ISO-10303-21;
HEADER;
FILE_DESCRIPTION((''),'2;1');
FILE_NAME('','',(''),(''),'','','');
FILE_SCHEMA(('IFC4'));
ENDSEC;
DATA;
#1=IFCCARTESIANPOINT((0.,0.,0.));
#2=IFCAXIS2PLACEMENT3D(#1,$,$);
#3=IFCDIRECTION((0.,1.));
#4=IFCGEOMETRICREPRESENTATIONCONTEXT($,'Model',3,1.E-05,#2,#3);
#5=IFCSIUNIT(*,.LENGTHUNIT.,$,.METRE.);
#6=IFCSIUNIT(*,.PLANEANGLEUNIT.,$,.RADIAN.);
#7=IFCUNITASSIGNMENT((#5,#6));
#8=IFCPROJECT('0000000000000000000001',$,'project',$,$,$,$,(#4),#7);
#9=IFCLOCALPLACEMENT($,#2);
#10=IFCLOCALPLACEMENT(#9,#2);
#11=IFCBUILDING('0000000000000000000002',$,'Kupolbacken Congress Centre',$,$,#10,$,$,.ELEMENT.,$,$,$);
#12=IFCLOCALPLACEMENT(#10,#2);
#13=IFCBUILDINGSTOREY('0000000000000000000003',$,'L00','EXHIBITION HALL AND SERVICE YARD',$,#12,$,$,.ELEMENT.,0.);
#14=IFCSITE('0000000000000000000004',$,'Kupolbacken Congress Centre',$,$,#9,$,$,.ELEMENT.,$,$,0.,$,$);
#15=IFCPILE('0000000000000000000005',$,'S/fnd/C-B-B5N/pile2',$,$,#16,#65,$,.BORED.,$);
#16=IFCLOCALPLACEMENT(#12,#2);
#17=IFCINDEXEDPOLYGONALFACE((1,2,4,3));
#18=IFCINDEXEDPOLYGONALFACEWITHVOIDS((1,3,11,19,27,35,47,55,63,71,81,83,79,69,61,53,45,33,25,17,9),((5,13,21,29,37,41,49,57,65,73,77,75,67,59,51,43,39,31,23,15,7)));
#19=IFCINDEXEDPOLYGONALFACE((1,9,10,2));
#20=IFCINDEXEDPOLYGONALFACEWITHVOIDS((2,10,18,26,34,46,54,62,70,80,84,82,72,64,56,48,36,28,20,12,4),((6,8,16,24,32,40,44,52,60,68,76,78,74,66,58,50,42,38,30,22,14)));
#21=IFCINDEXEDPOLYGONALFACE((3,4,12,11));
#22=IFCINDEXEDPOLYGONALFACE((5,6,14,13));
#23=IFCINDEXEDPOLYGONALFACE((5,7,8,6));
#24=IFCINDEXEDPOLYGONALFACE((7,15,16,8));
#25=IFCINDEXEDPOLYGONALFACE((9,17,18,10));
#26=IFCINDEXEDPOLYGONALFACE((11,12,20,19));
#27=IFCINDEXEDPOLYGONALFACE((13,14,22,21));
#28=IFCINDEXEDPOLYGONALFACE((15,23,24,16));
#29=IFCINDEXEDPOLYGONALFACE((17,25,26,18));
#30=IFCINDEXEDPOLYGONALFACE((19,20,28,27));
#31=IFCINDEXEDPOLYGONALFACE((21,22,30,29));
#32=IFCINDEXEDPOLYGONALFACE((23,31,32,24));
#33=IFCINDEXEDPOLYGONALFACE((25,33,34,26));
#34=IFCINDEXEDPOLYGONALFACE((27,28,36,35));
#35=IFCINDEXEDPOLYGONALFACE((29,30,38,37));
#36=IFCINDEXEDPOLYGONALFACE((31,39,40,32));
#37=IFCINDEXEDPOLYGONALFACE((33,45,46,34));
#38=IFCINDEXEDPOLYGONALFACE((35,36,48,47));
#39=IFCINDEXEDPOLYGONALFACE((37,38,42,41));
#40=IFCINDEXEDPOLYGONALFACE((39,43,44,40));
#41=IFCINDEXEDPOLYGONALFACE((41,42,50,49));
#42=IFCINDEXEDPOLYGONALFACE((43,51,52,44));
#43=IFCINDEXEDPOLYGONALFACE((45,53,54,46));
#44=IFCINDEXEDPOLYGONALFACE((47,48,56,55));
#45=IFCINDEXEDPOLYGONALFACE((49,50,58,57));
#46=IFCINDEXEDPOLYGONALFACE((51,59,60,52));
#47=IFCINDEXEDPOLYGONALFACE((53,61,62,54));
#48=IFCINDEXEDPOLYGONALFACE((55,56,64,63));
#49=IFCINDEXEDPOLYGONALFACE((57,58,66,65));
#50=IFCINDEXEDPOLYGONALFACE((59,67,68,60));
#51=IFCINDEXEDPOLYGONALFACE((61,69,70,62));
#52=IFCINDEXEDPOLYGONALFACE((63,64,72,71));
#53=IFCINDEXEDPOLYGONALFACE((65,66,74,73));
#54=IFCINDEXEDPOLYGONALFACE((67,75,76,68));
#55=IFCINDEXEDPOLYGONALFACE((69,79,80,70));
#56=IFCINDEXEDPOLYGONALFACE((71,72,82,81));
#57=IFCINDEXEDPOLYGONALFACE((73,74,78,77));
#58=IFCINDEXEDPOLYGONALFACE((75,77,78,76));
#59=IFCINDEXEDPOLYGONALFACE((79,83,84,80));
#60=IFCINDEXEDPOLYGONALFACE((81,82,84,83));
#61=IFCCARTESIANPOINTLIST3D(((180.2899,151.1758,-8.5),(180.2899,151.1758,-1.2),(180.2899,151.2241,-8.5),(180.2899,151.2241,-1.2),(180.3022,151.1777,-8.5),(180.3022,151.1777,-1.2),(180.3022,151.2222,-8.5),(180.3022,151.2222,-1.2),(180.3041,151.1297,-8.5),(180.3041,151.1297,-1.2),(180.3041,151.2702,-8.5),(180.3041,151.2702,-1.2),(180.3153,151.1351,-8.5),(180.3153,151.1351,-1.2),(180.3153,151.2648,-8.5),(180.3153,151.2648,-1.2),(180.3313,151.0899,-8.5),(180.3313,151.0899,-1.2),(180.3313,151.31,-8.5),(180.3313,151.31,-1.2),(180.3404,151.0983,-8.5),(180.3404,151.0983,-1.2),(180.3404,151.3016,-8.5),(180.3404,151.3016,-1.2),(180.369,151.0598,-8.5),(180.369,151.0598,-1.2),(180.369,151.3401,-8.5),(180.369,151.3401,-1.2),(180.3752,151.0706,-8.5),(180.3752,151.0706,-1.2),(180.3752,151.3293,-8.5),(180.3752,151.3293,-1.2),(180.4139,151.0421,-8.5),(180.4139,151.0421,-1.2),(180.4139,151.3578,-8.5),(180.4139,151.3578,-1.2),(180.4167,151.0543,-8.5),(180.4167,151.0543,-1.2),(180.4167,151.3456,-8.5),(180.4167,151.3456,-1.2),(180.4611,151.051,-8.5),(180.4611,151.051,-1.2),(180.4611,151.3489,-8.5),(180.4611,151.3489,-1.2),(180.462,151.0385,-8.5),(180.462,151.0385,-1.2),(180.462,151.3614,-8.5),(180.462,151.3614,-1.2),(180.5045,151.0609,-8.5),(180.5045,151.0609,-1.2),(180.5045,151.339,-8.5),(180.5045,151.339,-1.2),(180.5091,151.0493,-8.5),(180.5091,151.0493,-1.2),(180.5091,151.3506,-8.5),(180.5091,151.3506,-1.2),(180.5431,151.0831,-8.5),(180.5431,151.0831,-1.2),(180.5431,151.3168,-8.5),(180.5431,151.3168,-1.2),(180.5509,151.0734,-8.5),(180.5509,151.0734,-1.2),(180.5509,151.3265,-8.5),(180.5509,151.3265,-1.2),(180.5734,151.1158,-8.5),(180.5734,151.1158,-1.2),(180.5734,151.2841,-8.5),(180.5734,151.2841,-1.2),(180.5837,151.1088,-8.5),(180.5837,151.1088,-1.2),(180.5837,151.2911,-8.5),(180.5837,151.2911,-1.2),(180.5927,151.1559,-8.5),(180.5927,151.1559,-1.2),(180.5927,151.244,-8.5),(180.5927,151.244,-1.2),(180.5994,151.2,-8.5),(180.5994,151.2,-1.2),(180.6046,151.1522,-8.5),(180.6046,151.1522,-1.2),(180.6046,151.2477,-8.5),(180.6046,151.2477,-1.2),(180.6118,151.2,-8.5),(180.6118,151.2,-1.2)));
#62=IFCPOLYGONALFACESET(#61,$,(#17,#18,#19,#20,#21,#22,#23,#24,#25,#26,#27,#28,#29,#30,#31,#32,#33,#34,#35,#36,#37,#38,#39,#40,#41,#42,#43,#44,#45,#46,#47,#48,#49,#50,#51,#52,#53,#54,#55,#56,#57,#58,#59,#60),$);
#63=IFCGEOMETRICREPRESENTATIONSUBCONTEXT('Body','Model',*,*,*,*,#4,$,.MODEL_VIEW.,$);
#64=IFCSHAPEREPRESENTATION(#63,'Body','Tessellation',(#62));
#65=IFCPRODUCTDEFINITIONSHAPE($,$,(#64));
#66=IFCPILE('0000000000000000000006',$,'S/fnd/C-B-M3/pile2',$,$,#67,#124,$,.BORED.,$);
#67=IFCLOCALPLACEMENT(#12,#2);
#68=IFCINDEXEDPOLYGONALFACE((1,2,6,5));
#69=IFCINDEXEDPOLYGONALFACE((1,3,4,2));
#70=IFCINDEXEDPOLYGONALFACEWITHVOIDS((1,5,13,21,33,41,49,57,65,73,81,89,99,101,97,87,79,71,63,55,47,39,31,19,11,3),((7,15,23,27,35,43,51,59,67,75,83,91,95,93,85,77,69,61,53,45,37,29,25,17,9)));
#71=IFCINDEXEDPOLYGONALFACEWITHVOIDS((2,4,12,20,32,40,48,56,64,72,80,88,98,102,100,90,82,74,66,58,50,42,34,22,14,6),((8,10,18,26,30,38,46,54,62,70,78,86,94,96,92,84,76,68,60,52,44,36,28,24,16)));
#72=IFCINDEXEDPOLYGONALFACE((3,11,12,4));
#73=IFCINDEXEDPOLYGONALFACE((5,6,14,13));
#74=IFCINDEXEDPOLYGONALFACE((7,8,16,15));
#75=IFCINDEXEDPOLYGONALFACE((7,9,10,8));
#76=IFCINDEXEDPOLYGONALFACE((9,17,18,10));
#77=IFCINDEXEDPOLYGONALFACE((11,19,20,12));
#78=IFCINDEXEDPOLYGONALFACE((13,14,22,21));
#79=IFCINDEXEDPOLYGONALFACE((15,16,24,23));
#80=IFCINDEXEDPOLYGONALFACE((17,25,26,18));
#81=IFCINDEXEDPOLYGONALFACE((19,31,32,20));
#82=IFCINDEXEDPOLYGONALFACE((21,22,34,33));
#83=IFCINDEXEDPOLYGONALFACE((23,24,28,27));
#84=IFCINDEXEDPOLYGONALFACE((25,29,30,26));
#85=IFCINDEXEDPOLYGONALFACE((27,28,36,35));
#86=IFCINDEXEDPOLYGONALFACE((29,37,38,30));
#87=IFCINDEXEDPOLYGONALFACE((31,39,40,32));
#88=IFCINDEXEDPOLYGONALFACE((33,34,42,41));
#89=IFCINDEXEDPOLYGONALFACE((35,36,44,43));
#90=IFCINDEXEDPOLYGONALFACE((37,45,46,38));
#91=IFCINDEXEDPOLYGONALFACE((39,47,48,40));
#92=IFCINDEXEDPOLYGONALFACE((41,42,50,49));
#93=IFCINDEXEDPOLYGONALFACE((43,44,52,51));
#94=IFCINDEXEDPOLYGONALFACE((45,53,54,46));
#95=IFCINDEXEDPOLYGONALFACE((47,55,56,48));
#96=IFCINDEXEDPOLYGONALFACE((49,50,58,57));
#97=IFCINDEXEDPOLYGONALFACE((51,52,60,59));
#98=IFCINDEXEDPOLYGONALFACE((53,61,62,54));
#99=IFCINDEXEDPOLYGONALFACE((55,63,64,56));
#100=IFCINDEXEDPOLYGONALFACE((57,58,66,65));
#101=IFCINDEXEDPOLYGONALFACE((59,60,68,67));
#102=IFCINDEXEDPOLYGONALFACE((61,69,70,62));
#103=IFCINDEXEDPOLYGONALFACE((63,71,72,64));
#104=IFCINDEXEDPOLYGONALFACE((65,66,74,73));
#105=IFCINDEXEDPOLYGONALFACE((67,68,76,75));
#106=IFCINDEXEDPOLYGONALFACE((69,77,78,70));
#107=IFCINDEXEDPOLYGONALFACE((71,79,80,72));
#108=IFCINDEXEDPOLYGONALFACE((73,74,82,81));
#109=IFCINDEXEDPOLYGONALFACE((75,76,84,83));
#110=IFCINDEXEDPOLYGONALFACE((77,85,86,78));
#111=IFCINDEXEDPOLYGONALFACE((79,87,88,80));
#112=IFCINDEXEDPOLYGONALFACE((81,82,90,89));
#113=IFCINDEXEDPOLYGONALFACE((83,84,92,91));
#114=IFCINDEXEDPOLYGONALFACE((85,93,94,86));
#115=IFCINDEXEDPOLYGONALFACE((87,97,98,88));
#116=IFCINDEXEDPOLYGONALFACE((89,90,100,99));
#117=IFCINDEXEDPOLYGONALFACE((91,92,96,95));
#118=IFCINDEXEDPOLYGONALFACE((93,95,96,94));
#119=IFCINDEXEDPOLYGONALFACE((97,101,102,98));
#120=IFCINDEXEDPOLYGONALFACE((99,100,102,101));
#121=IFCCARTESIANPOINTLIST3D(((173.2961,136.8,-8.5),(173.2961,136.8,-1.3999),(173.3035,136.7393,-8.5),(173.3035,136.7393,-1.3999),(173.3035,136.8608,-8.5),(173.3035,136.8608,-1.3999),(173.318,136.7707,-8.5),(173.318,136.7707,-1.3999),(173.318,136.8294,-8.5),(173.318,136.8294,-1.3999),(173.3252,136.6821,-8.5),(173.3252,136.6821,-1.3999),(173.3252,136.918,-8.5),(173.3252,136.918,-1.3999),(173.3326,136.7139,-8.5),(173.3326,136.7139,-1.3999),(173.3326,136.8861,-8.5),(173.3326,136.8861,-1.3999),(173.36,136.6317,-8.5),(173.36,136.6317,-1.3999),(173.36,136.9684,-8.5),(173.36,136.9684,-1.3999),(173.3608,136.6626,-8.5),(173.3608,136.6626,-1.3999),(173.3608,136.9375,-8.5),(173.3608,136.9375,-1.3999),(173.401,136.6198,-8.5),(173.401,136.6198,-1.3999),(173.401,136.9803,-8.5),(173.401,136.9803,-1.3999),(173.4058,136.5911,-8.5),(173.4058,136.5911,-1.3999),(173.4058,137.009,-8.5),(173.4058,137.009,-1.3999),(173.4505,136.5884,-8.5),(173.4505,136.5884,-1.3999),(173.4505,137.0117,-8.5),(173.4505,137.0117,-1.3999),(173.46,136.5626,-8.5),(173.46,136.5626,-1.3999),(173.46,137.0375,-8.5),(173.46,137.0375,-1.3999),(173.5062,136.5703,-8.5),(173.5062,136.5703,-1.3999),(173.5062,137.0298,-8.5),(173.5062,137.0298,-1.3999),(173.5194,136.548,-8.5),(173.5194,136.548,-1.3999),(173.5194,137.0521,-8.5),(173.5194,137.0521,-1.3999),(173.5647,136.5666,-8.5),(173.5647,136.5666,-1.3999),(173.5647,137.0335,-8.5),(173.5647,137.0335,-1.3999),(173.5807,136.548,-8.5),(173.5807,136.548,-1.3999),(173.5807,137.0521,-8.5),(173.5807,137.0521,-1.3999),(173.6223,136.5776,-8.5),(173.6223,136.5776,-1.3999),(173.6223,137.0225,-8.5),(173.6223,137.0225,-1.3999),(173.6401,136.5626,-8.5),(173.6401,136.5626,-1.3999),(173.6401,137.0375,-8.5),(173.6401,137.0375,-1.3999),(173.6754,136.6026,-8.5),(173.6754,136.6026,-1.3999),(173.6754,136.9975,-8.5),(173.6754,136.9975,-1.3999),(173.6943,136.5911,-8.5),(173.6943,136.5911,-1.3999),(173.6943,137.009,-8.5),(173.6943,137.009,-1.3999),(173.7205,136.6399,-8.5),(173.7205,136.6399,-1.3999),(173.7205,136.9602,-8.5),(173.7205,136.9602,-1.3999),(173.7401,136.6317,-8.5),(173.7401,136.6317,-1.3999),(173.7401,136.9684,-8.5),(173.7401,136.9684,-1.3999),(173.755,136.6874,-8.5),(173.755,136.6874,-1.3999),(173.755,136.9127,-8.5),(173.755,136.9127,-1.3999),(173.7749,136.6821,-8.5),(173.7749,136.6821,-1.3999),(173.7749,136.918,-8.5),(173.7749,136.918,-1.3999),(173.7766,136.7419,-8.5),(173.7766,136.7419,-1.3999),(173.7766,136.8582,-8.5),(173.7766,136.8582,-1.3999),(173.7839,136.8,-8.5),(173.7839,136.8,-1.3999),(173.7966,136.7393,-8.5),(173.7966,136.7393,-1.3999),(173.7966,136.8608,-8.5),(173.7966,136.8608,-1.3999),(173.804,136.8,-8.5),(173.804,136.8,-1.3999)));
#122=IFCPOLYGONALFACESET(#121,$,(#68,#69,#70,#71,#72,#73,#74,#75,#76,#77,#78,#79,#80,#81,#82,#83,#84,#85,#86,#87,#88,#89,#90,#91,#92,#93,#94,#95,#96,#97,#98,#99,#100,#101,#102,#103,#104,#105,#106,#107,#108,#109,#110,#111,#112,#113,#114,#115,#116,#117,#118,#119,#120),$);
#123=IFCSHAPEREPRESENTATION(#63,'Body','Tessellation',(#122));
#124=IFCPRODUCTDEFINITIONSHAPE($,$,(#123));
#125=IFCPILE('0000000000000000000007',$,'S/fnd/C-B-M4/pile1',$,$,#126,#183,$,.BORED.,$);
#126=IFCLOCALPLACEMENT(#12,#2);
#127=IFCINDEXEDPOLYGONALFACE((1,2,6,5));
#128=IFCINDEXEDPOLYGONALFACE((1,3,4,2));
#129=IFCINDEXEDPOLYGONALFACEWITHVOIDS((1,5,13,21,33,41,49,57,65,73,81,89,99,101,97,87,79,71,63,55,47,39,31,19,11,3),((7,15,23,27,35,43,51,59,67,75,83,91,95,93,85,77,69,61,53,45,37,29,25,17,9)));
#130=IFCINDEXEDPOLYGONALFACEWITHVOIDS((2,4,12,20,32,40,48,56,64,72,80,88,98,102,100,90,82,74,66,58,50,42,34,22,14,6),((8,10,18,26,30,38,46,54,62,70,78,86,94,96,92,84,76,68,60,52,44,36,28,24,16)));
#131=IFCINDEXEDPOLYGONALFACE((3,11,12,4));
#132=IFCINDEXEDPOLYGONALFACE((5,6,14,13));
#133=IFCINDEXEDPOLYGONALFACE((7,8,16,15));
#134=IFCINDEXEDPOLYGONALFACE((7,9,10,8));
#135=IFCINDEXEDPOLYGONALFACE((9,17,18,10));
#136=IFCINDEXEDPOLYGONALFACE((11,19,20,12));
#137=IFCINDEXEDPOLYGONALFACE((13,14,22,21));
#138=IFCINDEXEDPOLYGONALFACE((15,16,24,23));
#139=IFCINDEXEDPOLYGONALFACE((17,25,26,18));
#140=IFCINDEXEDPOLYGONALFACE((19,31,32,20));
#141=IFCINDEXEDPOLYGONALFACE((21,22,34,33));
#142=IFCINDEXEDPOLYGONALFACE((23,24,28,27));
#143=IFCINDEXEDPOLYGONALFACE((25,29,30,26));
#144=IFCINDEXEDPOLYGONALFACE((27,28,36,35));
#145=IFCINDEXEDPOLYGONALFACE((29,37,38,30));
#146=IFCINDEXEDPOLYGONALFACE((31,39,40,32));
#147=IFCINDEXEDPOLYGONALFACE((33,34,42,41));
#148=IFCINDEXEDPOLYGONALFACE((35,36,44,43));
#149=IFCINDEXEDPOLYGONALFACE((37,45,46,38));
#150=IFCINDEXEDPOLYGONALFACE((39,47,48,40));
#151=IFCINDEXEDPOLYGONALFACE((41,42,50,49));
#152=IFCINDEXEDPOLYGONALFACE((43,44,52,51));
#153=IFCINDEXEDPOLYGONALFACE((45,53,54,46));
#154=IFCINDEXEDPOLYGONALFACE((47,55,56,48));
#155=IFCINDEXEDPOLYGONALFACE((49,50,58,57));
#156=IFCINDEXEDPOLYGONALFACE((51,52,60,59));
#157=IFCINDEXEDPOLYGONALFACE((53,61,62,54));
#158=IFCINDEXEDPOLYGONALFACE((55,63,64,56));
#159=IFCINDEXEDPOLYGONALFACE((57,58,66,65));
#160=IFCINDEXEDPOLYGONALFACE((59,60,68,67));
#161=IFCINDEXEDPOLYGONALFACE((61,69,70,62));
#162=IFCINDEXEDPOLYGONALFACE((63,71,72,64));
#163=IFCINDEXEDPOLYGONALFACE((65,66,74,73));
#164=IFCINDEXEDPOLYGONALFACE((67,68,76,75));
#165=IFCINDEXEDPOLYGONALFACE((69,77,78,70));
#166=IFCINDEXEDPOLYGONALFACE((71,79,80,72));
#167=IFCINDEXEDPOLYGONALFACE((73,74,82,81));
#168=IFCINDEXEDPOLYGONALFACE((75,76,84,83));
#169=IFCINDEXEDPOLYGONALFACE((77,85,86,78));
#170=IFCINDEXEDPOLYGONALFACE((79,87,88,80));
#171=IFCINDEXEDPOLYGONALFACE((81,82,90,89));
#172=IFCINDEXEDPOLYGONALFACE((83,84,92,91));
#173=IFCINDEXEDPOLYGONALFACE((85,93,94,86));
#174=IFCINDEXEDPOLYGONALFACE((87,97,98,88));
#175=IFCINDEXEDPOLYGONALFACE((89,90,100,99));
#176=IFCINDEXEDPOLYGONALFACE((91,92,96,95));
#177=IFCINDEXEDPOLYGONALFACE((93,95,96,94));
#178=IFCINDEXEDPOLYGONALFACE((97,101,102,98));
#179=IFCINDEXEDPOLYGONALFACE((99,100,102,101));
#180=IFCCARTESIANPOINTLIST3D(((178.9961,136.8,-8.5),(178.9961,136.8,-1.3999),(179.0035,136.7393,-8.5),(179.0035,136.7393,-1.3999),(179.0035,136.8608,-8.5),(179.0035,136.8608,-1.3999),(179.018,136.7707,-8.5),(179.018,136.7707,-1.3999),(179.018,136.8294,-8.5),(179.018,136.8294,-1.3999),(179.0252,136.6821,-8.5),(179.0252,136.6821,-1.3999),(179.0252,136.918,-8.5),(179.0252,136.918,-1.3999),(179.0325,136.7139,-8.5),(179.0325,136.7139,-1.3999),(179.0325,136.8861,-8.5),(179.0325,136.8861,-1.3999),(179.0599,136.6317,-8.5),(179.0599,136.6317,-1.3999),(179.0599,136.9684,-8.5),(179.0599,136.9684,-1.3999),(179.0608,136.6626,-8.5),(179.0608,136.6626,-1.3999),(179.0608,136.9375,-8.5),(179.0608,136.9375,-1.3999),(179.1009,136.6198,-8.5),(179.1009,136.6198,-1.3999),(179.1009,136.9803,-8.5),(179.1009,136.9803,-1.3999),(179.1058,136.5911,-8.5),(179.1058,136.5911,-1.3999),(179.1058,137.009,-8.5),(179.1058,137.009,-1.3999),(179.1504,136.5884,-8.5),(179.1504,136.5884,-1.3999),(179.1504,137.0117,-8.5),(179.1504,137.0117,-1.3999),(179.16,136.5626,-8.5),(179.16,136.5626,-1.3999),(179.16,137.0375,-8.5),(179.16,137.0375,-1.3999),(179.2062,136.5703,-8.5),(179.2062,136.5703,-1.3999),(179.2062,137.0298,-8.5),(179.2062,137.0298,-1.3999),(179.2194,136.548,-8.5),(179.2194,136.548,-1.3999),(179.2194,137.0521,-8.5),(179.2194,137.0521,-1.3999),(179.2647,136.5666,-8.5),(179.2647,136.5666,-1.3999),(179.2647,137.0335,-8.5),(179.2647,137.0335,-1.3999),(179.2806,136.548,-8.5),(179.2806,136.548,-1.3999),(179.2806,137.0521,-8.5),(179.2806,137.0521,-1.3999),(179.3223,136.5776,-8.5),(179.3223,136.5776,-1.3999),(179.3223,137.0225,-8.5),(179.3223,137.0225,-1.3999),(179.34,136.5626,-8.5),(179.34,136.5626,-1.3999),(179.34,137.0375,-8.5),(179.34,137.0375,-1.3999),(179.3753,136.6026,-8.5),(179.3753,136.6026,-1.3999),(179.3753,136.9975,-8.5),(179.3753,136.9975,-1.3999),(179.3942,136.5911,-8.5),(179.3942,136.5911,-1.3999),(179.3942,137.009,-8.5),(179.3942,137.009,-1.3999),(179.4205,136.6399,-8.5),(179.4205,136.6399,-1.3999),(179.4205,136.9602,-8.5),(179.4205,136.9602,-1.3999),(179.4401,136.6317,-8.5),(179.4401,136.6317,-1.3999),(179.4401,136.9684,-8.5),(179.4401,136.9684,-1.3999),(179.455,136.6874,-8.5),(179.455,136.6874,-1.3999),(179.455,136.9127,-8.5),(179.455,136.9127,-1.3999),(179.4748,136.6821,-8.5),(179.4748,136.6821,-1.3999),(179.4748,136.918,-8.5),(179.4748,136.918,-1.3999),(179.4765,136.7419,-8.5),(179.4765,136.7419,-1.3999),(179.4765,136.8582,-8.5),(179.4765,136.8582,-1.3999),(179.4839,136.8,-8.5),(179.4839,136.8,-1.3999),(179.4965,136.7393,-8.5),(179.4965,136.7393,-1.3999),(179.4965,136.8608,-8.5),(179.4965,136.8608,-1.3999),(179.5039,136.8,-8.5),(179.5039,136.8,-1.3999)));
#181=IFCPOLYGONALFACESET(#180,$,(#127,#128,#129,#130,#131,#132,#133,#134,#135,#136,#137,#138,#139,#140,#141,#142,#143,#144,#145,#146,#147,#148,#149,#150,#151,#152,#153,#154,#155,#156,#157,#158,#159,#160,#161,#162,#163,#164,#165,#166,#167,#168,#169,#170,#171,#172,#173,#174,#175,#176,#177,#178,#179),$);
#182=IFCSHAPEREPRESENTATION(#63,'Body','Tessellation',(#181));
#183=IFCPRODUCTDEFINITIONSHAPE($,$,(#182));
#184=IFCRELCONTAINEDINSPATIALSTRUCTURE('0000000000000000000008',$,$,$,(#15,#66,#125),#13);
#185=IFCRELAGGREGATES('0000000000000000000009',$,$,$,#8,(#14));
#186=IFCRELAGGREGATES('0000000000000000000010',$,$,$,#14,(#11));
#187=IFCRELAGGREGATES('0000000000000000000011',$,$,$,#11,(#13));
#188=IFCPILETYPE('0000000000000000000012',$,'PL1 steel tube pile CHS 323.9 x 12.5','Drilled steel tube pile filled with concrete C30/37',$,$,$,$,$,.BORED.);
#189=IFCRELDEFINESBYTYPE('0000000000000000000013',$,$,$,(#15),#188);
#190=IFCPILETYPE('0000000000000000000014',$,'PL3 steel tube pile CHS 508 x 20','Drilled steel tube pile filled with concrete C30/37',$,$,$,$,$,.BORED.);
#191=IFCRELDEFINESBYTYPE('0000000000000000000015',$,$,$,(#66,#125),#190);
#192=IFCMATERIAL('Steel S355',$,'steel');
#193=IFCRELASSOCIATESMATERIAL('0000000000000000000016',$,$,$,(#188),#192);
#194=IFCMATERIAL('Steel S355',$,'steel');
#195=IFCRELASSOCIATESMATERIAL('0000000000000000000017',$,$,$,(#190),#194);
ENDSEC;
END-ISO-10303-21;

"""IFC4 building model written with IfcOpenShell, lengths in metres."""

from ifc_helpers import new_model, si_unit, direction, frame, origin, origin_2d, place, context, subcontext, project, spatial, hollow_circle, extrude, material, material_profile, profile_set, type_object, element, save


model = new_model("IFC4")

# Units and contexts
model_context = context("Model", 3, precision=1e-05, world=origin(), true_north=direction((0.0, 1.0)))
body_context = subcontext(model_context, "Body", "Model", "MODEL_VIEW")
ifc_project = project(units=[si_unit("LENGTHUNIT", "METRE"), si_unit("PLANEANGLEUNIT", "RADIAN")], contexts=[model_context])

# Site, building, storey
site_placement = place(None, origin())
site = spatial("IfcSite", under=ifc_project, at=site_placement, Name="Kupolbacken Congress Centre", CompositionType="ELEMENT", RefElevation=0.0)
building_placement = place(site_placement, origin())
building = spatial("IfcBuilding", under=site, at=building_placement, Name="Kupolbacken Congress Centre", CompositionType="ELEMENT")
storey_placement = place(building_placement, origin())
storey = spatial("IfcBuildingStorey", under=building, at=storey_placement, Name="L00", Description="EXHIBITION HALL AND SERVICE YARD", CompositionType="ELEMENT", Elevation=0.0)

# Piles
ifc_material_1 = material(Name="Steel S355", Category="steel")
ifc_material_profile_1 = material_profile(ifc_material_1, hollow_circle(Radius=0.1619, WallThickness=0.0125, at=origin_2d()), Name="CHS 323.9 x 12.5")
ifc_profile_set_1 = profile_set([ifc_material_profile_1], Name="Steel S355")
pile_type_1 = type_object("IfcPileType", Name="PL1 steel tube pile CHS 323.9 x 12.5", Description="Drilled steel tube pile filled with concrete C30/37", PredefinedType="BORED", material=ifc_profile_set_1)
for number, where, z_axis, x_axis, name in (
    (1, (180.45, 151.2, -1.2), (0.0, 0.0, -1.0), (1.0, 0.0, 0.0), "S/fnd/C-B-B5N/pile2"),
):
    element("IfcPile", number, at=place(storey_placement, frame(where, z_axis=z_axis, x_axis=x_axis)), inside=storey, type_object=pile_type_1, Name=name, PredefinedType="BORED", context=body_context, shape_type="SweptSolid", body=[
        extrude(hollow_circle(Radius=0.1619, WallThickness=0.0125, at=origin_2d()), origin(), (0.0, 0.0, 1.0), 7.3),
    ])
ifc_material_2 = material(Name="Steel S355", Category="steel")
ifc_material_profile_2 = material_profile(ifc_material_2, hollow_circle(Radius=0.2539, WallThickness=0.02, at=origin_2d()), Name="CHS 508 x 20")
ifc_profile_set_2 = profile_set([ifc_material_profile_2], Name="Steel S355")
pile_type_2 = type_object("IfcPileType", Name="PL3 steel tube pile CHS 508 x 20", Description="Drilled steel tube pile filled with concrete C30/37", PredefinedType="BORED", material=ifc_profile_set_2)
for number, where, z_axis, x_axis, name in (
    (2, (173.55, 136.8, -1.3999), (0.0, 0.0, -1.0), (1.0, 0.0, 0.0), "S/fnd/C-B-M3/pile2"),
    (3, (179.25, 136.8, -1.3999), (0.0, 0.0, -1.0), (1.0, 0.0, 0.0), "S/fnd/C-B-M4/pile1"),
):
    element("IfcPile", number, at=place(storey_placement, frame(where, z_axis=z_axis, x_axis=x_axis)), inside=storey, type_object=pile_type_2, Name=name, PredefinedType="BORED", context=body_context, shape_type="SweptSolid", body=[
        extrude(hollow_circle(Radius=0.2539, WallThickness=0.02, at=origin_2d()), origin(), (0.0, 0.0, 1.0), 7.1001),
    ])

save(model, "model.ifc")
